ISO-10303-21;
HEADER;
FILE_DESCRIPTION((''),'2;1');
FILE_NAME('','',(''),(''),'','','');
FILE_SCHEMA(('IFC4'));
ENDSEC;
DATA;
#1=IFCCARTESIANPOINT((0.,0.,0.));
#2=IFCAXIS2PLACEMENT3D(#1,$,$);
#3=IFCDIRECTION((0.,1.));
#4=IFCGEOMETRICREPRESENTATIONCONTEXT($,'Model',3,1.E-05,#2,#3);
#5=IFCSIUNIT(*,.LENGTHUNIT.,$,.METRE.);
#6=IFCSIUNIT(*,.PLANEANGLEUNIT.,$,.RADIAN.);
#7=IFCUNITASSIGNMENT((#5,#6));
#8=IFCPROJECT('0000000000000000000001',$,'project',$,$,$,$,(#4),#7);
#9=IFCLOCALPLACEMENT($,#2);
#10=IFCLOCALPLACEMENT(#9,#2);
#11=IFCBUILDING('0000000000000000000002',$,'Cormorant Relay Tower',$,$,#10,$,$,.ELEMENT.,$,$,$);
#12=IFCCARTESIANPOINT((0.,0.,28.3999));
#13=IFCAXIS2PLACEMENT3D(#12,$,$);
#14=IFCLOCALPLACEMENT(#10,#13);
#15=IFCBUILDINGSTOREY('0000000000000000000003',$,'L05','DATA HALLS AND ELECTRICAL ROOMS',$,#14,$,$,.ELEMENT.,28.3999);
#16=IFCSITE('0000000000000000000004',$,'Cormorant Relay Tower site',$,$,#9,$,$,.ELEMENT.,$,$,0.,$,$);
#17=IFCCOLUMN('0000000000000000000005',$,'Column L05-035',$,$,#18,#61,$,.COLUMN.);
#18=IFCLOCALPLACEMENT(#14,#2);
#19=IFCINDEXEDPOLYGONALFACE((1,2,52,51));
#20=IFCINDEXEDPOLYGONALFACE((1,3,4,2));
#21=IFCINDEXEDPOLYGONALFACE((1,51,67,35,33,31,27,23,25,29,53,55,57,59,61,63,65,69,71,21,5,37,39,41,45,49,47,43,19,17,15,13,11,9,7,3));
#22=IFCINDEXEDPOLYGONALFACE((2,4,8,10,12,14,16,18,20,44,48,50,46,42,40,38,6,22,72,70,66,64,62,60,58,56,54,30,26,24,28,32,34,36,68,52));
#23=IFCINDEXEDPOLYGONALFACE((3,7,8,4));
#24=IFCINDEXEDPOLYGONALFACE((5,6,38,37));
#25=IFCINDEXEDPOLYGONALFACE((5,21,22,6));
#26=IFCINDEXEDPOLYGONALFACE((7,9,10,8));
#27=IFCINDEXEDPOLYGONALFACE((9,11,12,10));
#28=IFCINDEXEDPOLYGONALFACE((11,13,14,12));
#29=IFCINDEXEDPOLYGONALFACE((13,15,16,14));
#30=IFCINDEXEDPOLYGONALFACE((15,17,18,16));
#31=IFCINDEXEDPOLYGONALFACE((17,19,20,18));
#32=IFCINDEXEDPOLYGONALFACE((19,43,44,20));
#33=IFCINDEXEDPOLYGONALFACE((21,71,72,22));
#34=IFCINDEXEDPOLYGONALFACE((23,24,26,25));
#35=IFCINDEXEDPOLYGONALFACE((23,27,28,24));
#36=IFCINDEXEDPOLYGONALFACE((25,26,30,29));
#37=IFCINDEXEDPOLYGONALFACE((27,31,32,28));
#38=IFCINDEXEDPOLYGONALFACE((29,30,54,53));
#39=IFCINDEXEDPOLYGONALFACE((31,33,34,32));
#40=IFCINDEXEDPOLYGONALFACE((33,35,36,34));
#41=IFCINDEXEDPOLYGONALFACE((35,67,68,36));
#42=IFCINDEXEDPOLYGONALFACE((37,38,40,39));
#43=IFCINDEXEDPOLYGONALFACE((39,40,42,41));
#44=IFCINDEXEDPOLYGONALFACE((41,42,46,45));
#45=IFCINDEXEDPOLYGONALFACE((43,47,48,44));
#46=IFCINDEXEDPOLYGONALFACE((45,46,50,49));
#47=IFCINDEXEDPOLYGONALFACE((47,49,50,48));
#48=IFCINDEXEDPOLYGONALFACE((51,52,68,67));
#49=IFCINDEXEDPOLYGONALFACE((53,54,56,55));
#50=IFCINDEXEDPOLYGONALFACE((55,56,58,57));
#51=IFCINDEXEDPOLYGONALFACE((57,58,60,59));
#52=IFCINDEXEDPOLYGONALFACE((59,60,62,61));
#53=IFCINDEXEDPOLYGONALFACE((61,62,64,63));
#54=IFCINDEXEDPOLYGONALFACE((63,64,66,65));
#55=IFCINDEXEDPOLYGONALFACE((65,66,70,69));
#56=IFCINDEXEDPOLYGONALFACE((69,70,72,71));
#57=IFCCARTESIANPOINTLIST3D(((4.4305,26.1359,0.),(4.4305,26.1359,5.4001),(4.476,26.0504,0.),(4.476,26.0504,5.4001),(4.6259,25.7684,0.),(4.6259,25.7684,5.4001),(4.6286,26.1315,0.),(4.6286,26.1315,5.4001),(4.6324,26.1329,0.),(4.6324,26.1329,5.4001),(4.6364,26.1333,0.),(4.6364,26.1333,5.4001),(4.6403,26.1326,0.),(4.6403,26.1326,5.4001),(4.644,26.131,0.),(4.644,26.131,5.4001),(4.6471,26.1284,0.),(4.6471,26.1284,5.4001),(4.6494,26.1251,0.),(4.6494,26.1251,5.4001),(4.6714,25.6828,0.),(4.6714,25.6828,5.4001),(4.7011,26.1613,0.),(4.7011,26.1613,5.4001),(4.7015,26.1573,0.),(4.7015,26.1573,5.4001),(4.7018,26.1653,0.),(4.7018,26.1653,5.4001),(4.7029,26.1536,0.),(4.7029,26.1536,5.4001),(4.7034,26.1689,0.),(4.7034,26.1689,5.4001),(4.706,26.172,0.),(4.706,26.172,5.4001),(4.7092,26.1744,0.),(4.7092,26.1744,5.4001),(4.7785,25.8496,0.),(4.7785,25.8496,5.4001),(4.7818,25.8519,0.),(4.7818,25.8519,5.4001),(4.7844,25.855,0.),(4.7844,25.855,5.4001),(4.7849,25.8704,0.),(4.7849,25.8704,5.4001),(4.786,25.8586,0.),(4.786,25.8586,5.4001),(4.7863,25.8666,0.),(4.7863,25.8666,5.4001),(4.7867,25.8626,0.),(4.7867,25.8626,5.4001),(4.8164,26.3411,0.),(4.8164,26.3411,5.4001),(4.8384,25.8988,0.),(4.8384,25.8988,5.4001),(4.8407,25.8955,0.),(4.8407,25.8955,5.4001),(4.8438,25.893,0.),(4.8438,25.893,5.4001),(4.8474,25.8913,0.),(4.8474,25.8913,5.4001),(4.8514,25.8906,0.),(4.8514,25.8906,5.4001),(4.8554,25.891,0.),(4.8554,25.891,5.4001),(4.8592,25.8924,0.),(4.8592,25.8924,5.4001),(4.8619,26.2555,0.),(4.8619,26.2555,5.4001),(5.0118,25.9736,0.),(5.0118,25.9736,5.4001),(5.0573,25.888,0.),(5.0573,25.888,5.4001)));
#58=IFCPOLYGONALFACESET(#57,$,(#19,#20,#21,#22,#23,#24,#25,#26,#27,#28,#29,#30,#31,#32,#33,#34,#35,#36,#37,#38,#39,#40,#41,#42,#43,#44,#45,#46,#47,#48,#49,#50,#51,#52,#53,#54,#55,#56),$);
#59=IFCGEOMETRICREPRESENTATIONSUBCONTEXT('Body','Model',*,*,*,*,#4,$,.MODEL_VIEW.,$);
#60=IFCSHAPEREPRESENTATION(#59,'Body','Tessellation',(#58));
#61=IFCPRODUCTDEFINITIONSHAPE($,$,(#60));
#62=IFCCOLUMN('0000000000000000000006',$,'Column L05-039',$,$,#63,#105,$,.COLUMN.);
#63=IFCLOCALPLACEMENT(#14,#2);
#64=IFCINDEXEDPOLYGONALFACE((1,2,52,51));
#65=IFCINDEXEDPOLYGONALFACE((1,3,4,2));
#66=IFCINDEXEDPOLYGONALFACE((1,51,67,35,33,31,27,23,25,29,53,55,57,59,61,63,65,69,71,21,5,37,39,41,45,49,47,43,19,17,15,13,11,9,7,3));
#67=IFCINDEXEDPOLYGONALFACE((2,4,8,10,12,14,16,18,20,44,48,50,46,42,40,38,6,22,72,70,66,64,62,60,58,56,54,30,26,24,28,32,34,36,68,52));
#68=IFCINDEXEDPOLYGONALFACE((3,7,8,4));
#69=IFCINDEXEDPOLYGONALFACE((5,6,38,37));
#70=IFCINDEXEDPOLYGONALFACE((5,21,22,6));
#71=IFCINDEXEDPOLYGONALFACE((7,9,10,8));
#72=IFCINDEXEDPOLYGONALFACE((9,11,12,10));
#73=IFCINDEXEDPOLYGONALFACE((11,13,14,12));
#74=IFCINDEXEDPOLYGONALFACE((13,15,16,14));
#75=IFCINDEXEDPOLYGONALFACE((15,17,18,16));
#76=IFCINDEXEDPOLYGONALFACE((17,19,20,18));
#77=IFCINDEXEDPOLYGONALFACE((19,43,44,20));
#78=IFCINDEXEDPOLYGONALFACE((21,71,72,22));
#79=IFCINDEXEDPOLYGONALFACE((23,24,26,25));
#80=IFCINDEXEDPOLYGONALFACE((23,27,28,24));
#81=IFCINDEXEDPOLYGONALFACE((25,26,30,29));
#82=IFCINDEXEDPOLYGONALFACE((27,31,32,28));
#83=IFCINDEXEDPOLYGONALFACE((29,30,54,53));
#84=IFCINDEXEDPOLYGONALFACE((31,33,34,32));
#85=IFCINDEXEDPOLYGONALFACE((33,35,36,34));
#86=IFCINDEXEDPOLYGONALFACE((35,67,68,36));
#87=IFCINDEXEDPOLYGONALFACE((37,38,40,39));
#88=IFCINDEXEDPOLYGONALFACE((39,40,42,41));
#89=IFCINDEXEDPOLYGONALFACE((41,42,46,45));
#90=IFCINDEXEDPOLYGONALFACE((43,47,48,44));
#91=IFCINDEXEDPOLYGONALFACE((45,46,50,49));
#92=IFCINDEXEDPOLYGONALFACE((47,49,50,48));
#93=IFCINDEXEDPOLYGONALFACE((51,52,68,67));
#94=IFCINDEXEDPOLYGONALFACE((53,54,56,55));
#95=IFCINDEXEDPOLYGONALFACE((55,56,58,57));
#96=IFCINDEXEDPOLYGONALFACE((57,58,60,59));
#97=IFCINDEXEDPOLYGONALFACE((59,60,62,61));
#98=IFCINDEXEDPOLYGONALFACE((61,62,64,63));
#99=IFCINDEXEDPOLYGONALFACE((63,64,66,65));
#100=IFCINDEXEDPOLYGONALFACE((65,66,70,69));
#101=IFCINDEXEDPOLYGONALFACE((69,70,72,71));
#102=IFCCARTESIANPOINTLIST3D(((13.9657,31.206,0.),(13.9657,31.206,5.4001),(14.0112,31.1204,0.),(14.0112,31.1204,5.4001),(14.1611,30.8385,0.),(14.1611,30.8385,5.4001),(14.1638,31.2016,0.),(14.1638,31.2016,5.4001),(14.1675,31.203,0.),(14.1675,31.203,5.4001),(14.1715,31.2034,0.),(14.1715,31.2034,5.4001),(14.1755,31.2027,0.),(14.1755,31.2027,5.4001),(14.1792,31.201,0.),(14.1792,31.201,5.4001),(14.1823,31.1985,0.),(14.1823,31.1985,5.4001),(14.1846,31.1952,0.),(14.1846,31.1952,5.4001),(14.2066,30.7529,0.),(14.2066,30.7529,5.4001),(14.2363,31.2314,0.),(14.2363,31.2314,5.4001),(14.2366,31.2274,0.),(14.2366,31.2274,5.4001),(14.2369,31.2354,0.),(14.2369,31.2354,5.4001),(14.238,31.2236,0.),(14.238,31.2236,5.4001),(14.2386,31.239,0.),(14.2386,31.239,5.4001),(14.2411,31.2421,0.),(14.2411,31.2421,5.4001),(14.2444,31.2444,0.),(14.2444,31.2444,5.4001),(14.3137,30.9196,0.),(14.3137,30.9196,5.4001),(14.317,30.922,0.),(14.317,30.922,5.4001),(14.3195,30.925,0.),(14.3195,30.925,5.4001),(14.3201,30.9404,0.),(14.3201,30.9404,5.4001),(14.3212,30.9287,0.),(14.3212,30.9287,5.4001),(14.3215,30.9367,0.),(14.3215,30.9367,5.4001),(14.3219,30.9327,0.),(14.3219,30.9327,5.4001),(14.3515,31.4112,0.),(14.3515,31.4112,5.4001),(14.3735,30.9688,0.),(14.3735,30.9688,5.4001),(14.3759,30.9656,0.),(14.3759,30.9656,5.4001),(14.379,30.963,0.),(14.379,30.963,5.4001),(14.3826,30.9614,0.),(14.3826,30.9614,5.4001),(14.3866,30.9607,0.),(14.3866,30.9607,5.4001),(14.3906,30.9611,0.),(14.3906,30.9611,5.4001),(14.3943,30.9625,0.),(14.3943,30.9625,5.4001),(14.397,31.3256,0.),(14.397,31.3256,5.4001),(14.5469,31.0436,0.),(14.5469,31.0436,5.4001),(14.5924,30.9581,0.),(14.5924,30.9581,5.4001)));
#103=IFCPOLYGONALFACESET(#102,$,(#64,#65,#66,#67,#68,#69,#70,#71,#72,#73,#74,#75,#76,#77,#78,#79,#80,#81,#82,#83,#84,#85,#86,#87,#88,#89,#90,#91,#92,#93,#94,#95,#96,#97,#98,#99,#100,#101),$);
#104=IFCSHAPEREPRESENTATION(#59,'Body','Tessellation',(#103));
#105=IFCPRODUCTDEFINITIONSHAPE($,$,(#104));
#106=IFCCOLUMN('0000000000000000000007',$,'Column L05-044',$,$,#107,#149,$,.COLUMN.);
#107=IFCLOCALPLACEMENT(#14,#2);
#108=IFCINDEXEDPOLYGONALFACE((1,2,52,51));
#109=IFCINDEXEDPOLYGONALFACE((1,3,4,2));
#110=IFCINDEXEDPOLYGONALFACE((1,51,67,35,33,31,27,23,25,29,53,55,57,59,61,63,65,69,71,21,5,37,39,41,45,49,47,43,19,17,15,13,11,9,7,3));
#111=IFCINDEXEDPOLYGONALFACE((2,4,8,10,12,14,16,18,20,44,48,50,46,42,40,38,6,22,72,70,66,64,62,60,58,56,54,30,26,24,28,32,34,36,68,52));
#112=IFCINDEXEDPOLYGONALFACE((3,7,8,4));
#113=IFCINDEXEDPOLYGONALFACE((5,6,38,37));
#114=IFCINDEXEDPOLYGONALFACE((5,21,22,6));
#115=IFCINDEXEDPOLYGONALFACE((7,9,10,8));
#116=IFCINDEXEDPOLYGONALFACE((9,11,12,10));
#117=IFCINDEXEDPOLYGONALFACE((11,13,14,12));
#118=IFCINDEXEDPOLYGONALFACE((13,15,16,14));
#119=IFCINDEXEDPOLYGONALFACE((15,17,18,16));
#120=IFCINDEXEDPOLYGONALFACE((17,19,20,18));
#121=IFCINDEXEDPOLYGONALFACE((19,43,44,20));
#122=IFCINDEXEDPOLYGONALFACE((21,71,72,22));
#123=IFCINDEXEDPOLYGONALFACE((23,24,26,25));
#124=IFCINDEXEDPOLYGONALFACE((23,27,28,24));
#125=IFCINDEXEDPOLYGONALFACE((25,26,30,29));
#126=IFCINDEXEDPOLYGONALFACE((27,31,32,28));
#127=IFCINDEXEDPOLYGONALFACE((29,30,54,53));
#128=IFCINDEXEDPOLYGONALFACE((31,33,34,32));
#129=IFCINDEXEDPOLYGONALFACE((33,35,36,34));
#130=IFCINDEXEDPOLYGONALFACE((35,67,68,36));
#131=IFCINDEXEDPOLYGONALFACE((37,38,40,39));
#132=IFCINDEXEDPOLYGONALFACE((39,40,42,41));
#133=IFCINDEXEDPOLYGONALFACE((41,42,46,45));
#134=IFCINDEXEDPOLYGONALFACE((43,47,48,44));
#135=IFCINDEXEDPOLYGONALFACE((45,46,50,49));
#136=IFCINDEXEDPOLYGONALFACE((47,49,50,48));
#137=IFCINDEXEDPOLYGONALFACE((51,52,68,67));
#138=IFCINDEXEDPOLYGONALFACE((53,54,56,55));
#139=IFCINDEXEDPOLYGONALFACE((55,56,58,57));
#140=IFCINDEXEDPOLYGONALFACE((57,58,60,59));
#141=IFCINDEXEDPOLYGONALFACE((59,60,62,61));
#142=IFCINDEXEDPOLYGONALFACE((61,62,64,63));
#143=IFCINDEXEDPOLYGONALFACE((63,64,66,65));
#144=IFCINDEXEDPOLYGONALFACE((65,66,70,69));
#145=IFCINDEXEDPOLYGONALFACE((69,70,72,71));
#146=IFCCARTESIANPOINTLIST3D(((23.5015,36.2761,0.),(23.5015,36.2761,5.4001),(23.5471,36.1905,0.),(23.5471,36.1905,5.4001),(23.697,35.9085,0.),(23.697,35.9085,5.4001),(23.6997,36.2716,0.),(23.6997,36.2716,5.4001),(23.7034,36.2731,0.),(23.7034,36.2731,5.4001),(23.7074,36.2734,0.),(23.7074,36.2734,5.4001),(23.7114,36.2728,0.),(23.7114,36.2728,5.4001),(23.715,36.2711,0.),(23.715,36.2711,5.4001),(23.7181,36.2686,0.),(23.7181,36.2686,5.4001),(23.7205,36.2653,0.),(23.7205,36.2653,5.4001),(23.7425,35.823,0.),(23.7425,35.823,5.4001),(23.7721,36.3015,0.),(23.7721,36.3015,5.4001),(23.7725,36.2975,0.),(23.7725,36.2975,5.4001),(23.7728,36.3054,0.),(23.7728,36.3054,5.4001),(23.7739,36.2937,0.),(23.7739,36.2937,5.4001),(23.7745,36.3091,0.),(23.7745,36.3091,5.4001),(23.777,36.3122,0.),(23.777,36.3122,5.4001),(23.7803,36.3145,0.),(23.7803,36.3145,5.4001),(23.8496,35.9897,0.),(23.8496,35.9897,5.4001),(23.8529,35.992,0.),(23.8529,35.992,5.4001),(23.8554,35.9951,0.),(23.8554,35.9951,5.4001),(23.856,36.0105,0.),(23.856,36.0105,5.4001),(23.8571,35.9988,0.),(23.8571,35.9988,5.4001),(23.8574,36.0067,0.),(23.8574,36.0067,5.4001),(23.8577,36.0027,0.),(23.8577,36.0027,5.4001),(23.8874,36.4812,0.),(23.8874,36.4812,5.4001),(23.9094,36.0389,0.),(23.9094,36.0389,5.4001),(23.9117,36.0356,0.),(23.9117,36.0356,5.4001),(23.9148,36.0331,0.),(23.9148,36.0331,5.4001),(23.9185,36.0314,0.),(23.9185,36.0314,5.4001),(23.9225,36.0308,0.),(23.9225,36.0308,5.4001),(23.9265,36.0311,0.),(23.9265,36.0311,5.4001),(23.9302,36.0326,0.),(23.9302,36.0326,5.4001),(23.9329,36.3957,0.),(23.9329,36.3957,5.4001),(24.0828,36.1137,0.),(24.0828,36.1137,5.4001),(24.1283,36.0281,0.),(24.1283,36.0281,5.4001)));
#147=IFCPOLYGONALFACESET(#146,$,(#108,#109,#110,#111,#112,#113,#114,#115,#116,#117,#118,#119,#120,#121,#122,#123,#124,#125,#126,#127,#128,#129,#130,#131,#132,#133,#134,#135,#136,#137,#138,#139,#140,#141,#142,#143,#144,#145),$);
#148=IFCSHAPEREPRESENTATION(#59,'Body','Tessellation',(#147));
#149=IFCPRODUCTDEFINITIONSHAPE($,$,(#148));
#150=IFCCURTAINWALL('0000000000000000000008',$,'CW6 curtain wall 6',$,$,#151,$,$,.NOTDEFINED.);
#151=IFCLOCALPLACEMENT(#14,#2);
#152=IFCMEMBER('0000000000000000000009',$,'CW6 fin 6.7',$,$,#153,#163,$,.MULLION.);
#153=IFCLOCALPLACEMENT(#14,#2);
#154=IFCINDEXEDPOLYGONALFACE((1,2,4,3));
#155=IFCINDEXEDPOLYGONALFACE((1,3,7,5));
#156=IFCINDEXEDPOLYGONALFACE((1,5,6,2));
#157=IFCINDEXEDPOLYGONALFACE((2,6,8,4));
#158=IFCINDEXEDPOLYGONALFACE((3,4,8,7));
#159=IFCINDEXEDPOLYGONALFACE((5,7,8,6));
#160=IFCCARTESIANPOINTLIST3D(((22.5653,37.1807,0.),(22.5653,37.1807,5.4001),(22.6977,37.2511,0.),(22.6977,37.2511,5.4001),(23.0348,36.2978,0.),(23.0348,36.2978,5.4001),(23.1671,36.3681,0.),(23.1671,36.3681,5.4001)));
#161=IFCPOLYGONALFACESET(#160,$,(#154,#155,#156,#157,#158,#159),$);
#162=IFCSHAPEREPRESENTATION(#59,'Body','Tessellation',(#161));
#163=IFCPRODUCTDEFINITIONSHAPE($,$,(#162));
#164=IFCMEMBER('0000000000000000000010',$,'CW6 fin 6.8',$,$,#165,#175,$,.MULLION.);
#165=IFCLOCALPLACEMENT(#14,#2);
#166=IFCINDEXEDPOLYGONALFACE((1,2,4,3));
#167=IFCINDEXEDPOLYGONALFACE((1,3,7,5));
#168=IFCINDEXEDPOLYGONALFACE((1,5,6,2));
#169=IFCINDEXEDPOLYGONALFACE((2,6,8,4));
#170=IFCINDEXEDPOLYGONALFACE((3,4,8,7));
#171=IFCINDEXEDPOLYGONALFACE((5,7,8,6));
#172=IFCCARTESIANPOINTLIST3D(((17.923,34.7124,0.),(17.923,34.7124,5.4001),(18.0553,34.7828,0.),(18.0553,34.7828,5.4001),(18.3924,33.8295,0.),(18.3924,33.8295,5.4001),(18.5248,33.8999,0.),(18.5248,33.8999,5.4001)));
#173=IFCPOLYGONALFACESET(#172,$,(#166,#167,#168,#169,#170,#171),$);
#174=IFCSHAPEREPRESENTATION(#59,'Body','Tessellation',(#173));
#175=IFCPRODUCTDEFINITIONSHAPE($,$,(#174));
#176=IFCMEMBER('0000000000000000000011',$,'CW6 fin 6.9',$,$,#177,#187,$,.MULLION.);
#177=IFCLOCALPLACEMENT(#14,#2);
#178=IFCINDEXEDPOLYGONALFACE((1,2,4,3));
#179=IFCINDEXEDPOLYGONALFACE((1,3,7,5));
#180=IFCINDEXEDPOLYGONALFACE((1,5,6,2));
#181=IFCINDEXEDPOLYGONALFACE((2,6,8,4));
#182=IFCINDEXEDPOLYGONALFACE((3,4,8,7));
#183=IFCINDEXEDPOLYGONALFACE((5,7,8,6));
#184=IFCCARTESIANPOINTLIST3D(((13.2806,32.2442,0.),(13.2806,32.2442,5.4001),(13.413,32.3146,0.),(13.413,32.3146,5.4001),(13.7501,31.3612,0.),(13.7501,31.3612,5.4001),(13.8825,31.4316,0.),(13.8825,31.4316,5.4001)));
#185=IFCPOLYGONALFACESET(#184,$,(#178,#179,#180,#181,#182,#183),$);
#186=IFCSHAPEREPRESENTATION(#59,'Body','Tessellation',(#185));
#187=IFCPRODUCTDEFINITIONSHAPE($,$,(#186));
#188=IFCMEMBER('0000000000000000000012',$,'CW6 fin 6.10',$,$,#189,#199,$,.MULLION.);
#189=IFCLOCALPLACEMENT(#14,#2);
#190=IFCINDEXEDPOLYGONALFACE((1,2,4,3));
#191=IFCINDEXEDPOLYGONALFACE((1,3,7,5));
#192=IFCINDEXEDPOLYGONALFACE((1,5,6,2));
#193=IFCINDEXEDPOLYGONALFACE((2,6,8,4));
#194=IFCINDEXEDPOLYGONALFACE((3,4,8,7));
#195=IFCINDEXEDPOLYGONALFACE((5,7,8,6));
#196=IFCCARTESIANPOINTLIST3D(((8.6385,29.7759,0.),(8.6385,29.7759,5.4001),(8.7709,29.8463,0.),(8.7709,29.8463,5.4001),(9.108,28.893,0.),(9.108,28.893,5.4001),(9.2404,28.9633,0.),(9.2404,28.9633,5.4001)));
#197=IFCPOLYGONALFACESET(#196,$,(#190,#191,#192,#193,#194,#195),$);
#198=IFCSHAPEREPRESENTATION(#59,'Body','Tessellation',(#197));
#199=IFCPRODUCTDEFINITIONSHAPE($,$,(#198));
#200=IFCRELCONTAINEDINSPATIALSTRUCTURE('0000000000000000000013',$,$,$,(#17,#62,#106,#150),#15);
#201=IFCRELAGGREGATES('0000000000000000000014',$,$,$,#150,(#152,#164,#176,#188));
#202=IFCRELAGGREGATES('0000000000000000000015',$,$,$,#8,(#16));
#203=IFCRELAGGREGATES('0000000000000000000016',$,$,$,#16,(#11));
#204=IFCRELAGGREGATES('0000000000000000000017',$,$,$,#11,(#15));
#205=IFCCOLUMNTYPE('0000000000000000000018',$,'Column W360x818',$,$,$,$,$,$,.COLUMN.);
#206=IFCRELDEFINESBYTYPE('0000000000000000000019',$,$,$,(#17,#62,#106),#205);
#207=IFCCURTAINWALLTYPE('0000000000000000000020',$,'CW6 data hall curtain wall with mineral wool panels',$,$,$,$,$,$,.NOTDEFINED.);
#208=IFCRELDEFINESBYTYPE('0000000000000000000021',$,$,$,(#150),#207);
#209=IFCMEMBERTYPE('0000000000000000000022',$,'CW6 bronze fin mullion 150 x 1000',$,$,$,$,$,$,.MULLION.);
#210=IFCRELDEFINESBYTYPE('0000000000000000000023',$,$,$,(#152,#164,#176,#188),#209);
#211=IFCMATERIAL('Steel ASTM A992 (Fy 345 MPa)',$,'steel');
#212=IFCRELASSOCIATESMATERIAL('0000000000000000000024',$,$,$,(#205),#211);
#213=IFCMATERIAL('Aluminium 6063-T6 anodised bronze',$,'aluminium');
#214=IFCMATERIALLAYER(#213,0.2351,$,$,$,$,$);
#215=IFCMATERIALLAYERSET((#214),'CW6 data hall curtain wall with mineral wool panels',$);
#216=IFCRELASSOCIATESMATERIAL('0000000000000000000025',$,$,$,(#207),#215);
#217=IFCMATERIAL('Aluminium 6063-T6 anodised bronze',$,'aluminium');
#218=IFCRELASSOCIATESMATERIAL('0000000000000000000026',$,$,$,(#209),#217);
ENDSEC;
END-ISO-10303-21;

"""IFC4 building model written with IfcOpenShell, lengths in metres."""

from ifc_helpers import new_model, si_unit, direction, frame, origin, origin_2d, place, context, subcontext, project, spatial, rectangle, i_section, extrude, material, layer, layer_set, material_profile, profile_set, type_object, element, aggregate, save


model = new_model("IFC4")

# Units and contexts
model_context = context("Model", 3, precision=1e-05, world=origin(), true_north=direction((0.0, 1.0)))
body_context = subcontext(model_context, "Body", "Model", "MODEL_VIEW")
ifc_project = project(units=[si_unit("LENGTHUNIT", "METRE"), si_unit("PLANEANGLEUNIT", "RADIAN")], contexts=[model_context])

# Site, building, storey
site_placement = place(None, origin())
site = spatial("IfcSite", under=ifc_project, at=site_placement, Name="Cormorant Relay Tower site", CompositionType="ELEMENT", RefElevation=0.0)
building_placement = place(site_placement, origin())
building = spatial("IfcBuilding", under=site, at=building_placement, Name="Cormorant Relay Tower", CompositionType="ELEMENT")
storey_placement = place(building_placement, frame((0.0, 0.0, 28.3999)))
storey = spatial("IfcBuildingStorey", under=building, at=storey_placement, Name="L05", Description="DATA HALLS AND ELECTRICAL ROOMS", CompositionType="ELEMENT", Elevation=28.3999)

# Columns
ifc_material_1 = material(Name="Steel ASTM A992 (Fy 345 MPa)", Category="steel")
ifc_material_profile_1 = material_profile(ifc_material_1, i_section(OverallWidth=0.437, OverallDepth=0.5132, WebThickness=0.0605, FlangeThickness=0.0969, FilletRadius=0.0154, at=origin_2d()), Name="W360x818")
ifc_profile_set_1 = profile_set([ifc_material_profile_1], Name="Steel ASTM A992 (Fy 345 MPa)")
column_type = type_object("IfcColumnType", Name="Column W360x818", PredefinedType="COLUMN", material=ifc_profile_set_1)
for number, where, z_axis, x_axis, name in (
    (1, (4.7439, 26.012, 0.0), (0.0, 0.0, 1.0), (-0.882948, -0.469472, 0.0), "Column L05-035"),
    (2, (14.2791, 31.082, 0.0), (0.0, 0.0, 1.0), (-0.882948, -0.469472, 0.0), "Column L05-039"),
    (3, (23.8149, 36.1521, 0.0), (0.0, 0.0, 1.0), (-0.882948, -0.469472, 0.0), "Column L05-044"),
):
    element("IfcColumn", number, at=place(storey_placement, frame(where, z_axis=z_axis, x_axis=x_axis)), inside=storey, type_object=column_type, Name=name, PredefinedType="COLUMN", context=body_context, shape_type="SweptSolid", body=[
        extrude(i_section(OverallWidth=0.437, OverallDepth=0.5132, WebThickness=0.0605, FlangeThickness=0.0969, FilletRadius=0.0154, at=origin_2d()), origin(), (0.0, 0.0, 1.0), 5.4001),
    ])

# Curtain wall, members
ifc_material_2 = material(Name="Aluminium 6063-T6 anodised bronze", Category="aluminium")
ifc_layer_1 = layer(ifc_material_2, 0.2351)
ifc_layer_set_1 = layer_set([ifc_layer_1], Name="CW6 data hall curtain wall with mineral wool panels")
curtain_wall_type = type_object("IfcCurtainWallType", Name="CW6 data hall curtain wall with mineral wool panels", PredefinedType="NOTDEFINED", material=ifc_layer_set_1)
curtain_wall_1_placement = place(storey_placement, origin())
curtain_wall_1 = element("IfcCurtainWall", 4, at=curtain_wall_1_placement, inside=storey, type_object=curtain_wall_type, Name="CW6 curtain wall 6", PredefinedType="NOTDEFINED")
ifc_material_3 = material(Name="Aluminium 6063-T6 anodised bronze", Category="aluminium")
ifc_material_profile_2 = material_profile(ifc_material_3, rectangle(XDim=0.1499, YDim=1.0, at=origin_2d()), Name="AL 150x1000")
ifc_profile_set_2 = profile_set([ifc_material_profile_2], Name="Aluminium 6063-T6 anodised bronze")
member_type_1 = type_object("IfcMemberType", Name="CW6 bronze fin mullion 150 x 1000", PredefinedType="MULLION", material=ifc_profile_set_2)
member_1_placement = place(storey_placement, frame((22.8662, 36.7744, 0.0), z_axis=(0.0, 0.0, 1.0), x_axis=(-0.882948, -0.469472, 0.0)))
member_1 = element("IfcMember", 5, at=member_1_placement, type_object=member_type_1, Name="CW6 fin 6.7", PredefinedType="MULLION", context=body_context, shape_type="SweptSolid", body=[
    extrude(rectangle(XDim=0.1499, YDim=1.0, at=origin_2d()), origin(), (0.0, 0.0, 1.0), 5.4001),
])
member_2_placement = place(storey_placement, frame((18.2239, 34.3062, 0.0), z_axis=(0.0, 0.0, 1.0), x_axis=(-0.882948, -0.469472, 0.0)))
member_2 = element("IfcMember", 6, at=member_2_placement, type_object=member_type_1, Name="CW6 fin 6.8", PredefinedType="MULLION", context=body_context, shape_type="SweptSolid", body=[
    extrude(rectangle(XDim=0.1499, YDim=1.0, at=origin_2d()), origin(), (0.0, 0.0, 1.0), 5.4001),
])
member_3_placement = place(storey_placement, frame((13.5815, 31.8379, 0.0), z_axis=(0.0, 0.0, 1.0), x_axis=(-0.882948, -0.469472, 0.0)))
member_3 = element("IfcMember", 7, at=member_3_placement, type_object=member_type_1, Name="CW6 fin 6.9", PredefinedType="MULLION", context=body_context, shape_type="SweptSolid", body=[
    extrude(rectangle(XDim=0.1499, YDim=1.0, at=origin_2d()), origin(), (0.0, 0.0, 1.0), 5.4001),
])
member_4_placement = place(storey_placement, frame((8.9395, 29.3696, 0.0), z_axis=(0.0, 0.0, 1.0), x_axis=(-0.882948, -0.469472, 0.0)))
member_4 = element("IfcMember", 8, at=member_4_placement, type_object=member_type_1, Name="CW6 fin 6.10", PredefinedType="MULLION", context=body_context, shape_type="SweptSolid", body=[
    extrude(rectangle(XDim=0.1499, YDim=1.0, at=origin_2d()), origin(), (0.0, 0.0, 1.0), 5.4001),
])

aggregate(curtain_wall_1, [member_1, member_2, member_3, member_4])

save(model, "model.ifc")
